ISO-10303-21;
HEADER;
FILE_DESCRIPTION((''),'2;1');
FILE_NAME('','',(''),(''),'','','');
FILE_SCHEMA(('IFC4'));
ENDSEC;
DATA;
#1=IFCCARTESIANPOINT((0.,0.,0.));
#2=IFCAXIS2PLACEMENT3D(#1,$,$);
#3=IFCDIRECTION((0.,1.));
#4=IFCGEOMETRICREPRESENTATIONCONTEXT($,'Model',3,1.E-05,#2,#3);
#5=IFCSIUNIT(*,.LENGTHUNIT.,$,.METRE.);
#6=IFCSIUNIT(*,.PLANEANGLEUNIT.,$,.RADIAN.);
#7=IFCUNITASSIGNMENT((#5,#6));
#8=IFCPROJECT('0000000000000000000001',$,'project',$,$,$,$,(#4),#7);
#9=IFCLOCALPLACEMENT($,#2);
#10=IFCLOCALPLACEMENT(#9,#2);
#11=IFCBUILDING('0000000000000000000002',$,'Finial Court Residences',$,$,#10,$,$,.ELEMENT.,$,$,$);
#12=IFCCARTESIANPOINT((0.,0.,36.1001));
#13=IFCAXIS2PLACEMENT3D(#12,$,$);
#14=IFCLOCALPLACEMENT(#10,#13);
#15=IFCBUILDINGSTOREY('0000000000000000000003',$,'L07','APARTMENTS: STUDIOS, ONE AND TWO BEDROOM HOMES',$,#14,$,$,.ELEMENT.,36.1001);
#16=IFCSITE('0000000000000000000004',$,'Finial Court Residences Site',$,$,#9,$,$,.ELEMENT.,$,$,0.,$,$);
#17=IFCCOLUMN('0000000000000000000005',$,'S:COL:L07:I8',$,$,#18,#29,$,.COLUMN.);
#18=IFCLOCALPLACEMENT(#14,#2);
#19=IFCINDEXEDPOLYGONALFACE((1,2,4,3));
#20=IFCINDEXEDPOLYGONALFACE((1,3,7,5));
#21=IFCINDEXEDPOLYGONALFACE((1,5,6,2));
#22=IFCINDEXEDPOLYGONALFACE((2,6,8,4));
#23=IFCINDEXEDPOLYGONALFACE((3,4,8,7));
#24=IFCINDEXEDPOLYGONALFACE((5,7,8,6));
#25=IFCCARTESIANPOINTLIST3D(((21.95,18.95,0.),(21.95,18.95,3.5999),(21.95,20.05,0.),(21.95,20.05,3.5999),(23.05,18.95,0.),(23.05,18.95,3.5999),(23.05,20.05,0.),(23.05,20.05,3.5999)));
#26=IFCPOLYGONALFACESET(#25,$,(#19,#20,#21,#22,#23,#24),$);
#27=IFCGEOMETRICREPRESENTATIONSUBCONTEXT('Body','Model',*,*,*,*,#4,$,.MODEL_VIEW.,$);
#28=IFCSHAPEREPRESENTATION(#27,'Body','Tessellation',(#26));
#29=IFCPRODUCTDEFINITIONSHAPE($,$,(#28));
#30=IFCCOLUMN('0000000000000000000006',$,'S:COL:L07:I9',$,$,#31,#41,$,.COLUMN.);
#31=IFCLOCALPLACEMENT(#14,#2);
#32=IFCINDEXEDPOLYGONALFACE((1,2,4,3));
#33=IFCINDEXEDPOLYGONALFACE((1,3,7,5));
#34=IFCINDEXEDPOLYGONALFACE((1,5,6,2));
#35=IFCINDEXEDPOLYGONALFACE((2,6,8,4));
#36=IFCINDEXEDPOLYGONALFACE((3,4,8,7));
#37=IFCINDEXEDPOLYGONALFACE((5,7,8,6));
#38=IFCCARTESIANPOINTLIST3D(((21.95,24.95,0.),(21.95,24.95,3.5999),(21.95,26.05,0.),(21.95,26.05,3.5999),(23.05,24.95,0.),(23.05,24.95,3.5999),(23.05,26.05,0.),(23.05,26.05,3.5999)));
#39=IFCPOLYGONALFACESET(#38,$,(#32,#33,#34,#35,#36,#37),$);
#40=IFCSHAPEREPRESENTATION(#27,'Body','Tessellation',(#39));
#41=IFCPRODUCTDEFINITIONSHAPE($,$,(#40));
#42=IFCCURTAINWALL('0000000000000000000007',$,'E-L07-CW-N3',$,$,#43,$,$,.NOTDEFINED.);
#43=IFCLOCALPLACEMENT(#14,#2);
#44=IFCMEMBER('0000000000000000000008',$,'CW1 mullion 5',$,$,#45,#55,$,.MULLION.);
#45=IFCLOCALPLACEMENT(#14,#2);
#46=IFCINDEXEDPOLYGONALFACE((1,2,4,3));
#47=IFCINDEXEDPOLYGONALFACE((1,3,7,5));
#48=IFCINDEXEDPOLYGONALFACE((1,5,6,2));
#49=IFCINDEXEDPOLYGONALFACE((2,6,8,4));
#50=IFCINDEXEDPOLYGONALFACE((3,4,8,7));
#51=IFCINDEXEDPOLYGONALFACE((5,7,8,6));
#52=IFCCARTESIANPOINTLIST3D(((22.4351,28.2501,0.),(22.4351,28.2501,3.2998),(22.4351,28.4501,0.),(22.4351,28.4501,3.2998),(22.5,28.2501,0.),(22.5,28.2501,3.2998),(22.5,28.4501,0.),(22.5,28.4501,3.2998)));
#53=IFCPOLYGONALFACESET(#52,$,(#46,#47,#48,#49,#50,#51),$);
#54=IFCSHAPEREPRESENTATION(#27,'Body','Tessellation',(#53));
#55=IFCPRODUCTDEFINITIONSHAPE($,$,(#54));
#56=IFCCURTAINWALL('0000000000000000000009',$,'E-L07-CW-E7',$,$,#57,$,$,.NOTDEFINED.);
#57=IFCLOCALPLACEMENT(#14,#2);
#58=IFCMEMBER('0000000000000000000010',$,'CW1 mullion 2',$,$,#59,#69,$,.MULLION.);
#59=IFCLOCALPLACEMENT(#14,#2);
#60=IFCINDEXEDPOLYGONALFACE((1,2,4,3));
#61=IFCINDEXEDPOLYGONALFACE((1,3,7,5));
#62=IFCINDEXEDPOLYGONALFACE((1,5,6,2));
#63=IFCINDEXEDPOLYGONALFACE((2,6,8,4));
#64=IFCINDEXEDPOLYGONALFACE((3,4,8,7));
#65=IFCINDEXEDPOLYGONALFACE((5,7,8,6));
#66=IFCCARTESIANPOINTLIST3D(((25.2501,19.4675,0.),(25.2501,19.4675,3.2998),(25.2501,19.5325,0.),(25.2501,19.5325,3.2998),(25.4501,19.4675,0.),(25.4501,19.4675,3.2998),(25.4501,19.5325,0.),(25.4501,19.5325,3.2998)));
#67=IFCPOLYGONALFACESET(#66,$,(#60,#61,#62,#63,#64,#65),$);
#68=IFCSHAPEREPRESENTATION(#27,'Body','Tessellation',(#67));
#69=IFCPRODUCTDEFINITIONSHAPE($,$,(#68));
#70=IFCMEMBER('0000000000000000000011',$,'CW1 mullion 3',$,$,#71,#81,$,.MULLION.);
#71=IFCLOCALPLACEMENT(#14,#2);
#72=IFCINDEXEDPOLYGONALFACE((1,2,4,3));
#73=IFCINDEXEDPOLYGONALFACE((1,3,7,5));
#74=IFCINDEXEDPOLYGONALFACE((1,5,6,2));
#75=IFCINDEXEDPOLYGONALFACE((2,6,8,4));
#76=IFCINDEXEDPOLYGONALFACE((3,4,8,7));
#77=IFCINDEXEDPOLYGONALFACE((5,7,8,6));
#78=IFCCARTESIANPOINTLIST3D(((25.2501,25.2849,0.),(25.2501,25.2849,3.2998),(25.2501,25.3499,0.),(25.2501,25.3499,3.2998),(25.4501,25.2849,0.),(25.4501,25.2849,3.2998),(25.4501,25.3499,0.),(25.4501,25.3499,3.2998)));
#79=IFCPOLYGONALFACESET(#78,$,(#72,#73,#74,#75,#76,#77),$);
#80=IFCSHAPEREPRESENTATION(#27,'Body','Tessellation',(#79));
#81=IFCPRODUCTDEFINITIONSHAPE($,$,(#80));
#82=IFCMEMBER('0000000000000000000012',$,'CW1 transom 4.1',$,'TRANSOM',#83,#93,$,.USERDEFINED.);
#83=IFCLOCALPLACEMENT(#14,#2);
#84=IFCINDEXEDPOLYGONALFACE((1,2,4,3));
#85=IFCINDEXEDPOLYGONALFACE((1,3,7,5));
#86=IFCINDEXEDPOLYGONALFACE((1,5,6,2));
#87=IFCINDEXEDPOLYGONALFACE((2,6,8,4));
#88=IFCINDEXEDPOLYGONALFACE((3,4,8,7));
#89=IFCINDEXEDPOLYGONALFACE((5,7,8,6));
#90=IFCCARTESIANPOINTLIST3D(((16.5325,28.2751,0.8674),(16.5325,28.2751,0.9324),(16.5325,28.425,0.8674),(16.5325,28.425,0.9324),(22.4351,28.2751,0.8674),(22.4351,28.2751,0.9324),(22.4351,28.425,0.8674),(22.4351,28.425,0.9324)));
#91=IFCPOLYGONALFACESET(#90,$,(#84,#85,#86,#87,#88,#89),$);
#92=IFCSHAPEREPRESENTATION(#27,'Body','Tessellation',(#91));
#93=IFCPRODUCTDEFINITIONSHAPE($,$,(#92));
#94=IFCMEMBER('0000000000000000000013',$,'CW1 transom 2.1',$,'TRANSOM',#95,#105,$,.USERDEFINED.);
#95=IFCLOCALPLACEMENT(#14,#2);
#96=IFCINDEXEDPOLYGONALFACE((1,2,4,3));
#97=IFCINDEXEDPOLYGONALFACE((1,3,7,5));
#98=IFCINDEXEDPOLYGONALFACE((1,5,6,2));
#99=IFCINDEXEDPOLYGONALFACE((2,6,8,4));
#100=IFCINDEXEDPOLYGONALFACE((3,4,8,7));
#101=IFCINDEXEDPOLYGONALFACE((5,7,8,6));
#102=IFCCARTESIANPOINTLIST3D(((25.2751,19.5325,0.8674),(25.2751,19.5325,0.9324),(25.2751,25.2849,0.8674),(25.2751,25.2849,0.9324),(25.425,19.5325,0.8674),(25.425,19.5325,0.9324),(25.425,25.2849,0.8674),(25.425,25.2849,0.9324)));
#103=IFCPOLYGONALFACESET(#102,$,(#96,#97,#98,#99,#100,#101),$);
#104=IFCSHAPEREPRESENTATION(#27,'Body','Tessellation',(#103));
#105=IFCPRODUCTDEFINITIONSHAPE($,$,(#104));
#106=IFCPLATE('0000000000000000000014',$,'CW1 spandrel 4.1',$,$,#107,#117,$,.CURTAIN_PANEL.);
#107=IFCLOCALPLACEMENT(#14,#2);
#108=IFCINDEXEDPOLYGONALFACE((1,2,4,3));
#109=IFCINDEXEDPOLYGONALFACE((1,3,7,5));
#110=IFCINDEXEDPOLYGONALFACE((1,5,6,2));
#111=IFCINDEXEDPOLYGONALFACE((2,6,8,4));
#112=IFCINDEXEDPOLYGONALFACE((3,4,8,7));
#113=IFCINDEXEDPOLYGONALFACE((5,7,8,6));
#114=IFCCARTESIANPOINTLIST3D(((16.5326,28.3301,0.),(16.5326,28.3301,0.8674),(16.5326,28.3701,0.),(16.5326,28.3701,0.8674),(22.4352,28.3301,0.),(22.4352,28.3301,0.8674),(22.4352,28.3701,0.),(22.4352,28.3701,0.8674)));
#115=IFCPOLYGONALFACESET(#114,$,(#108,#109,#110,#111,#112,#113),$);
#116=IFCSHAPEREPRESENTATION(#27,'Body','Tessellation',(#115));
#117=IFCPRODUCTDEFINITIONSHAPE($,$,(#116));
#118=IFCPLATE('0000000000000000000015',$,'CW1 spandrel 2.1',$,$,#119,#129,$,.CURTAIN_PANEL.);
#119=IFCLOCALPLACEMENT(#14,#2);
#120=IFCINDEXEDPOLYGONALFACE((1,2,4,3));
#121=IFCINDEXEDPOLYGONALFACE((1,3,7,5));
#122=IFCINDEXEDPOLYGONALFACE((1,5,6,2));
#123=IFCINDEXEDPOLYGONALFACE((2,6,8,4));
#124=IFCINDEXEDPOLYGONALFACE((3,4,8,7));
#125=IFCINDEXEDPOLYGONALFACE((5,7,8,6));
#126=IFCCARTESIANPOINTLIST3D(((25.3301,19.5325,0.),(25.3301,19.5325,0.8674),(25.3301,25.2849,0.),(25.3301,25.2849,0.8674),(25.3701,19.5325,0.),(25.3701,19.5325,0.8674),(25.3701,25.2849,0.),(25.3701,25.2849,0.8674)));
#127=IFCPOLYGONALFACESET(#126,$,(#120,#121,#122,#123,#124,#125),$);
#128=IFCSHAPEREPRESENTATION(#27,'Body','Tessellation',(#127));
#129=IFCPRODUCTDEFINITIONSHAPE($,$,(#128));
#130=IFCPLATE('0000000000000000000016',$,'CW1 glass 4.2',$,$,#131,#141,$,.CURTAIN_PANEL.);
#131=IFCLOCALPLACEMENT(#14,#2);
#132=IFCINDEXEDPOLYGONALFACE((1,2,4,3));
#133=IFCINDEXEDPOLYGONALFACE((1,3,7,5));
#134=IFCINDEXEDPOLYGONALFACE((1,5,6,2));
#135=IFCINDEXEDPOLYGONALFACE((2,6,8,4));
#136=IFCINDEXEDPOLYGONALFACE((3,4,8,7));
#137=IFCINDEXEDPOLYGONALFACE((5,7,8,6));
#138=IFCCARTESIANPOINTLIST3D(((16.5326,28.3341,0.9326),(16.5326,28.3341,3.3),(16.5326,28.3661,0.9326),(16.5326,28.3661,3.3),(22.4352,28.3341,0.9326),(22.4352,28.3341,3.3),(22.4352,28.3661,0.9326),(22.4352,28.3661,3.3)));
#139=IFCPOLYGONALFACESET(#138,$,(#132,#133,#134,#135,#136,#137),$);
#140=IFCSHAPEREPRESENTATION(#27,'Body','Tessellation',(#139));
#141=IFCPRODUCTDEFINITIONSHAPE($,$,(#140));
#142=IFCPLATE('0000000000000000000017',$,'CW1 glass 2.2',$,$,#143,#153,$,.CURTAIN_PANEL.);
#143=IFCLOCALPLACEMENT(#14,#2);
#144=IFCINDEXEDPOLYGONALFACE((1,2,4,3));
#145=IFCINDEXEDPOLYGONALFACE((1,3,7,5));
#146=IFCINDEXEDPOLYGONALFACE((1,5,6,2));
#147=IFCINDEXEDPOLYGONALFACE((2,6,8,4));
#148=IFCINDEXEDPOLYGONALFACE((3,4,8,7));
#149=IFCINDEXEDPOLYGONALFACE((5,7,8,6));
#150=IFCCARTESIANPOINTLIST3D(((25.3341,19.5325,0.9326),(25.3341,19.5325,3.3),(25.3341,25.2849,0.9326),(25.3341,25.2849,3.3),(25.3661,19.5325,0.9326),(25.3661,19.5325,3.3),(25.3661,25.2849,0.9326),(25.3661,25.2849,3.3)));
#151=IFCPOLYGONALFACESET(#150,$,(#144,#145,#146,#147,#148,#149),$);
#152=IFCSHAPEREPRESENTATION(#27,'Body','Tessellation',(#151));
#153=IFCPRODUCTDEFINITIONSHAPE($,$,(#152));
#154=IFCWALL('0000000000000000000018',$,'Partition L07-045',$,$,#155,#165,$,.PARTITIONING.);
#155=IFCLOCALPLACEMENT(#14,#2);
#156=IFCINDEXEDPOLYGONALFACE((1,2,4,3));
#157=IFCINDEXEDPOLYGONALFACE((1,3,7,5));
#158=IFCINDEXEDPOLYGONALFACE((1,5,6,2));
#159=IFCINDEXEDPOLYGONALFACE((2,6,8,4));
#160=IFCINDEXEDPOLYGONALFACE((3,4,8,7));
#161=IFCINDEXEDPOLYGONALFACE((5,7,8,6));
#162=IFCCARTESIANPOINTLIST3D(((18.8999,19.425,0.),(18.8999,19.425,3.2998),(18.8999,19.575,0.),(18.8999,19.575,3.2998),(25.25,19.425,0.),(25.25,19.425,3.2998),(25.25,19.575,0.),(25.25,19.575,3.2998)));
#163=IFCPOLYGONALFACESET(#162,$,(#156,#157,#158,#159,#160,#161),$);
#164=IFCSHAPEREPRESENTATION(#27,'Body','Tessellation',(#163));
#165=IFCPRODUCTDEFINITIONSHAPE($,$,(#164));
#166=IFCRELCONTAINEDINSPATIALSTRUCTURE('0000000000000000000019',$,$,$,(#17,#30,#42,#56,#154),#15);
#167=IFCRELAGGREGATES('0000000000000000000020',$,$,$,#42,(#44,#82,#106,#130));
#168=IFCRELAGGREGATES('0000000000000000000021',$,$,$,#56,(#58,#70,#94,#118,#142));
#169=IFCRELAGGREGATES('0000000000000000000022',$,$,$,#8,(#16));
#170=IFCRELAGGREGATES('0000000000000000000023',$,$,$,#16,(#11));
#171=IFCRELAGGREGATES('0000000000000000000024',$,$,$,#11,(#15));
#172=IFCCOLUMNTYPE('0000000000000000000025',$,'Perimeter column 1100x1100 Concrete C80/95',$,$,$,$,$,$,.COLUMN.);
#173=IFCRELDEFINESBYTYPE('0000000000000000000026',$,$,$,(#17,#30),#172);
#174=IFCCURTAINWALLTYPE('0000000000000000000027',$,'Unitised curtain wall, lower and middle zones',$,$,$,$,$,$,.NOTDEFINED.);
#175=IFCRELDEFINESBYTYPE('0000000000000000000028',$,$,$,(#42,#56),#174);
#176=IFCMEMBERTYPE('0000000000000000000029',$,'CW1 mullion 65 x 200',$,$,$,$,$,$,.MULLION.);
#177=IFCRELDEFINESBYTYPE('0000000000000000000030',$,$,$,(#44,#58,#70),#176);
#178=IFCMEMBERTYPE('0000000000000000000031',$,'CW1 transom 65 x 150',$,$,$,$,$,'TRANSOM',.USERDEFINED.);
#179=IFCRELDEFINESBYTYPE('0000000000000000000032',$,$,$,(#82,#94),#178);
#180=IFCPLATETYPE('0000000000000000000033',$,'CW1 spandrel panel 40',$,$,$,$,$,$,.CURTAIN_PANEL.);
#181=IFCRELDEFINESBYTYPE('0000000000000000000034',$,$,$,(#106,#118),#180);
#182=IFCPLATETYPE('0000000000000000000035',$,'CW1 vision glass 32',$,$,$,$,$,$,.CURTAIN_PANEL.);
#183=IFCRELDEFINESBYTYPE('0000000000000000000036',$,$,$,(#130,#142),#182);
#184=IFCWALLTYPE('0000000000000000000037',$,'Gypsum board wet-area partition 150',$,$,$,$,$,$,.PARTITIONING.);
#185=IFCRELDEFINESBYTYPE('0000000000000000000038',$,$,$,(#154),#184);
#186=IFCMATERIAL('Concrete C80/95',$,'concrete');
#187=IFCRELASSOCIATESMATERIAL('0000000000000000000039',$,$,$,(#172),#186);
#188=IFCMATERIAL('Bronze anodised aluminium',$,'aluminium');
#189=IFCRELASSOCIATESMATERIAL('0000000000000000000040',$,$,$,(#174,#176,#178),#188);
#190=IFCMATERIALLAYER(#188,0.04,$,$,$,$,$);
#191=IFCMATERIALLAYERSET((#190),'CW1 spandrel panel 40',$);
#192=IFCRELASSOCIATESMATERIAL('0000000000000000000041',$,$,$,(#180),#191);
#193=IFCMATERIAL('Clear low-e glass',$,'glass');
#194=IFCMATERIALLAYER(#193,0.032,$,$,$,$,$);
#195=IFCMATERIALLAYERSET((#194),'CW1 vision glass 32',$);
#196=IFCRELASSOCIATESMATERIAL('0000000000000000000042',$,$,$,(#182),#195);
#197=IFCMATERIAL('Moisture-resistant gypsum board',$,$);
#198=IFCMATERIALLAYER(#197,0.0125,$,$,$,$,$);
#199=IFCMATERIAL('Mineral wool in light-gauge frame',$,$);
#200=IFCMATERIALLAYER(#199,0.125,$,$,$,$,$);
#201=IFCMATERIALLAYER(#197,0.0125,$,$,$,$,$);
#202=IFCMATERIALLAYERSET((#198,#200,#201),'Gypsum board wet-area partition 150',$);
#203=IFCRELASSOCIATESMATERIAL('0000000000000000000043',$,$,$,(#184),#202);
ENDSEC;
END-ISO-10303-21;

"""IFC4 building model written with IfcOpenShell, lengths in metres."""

from ifc_helpers import new_model, si_unit, direction, frame, frame_2d, origin, origin_2d, place, context, subcontext, project, spatial, rectangle, extrude, material, layer, layer_set, material_profile, profile_set, type_object, element, aggregate, save


model = new_model("IFC4")

# Units and contexts
model_context = context("Model", 3, precision=1e-05, world=origin(), true_north=direction((0.0, 1.0)))
body_context = subcontext(model_context, "Body", "Model", "MODEL_VIEW")
ifc_project = project(units=[si_unit("LENGTHUNIT", "METRE"), si_unit("PLANEANGLEUNIT", "RADIAN")], contexts=[model_context])

# Site, building, storey
site_placement = place(None, origin())
site = spatial("IfcSite", under=ifc_project, at=site_placement, Name="Finial Court Residences Site", CompositionType="ELEMENT", RefElevation=0.0)
building_placement = place(site_placement, origin())
building = spatial("IfcBuilding", under=site, at=building_placement, Name="Finial Court Residences", CompositionType="ELEMENT")
storey_placement = place(building_placement, frame((0.0, 0.0, 36.1001)))
storey = spatial("IfcBuildingStorey", under=building, at=storey_placement, Name="L07", Description="APARTMENTS: STUDIOS, ONE AND TWO BEDROOM HOMES", CompositionType="ELEMENT", Elevation=36.1001)

# Columns
ifc_material_1 = material(Name="Concrete C80/95", Category="concrete")
ifc_material_profile_1 = material_profile(ifc_material_1, rectangle(XDim=1.1001, YDim=1.1001, at=origin_2d()), Name="1100x1100")
ifc_profile_set_1 = profile_set([ifc_material_profile_1], Name="Concrete C80/95")
column_type = type_object("IfcColumnType", Name="Perimeter column 1100x1100 Concrete C80/95", PredefinedType="COLUMN", material=ifc_profile_set_1)
for number, where, z_axis, x_axis, name in (
    (1, (22.5, 19.5, 0.0), (0.0, 0.0, 1.0), (1.0, 0.0, 0.0), "S:COL:L07:I8"),
    (2, (22.5, 25.5, 0.0), (0.0, 0.0, 1.0), (1.0, 0.0, 0.0), "S:COL:L07:I9"),
):
    element("IfcColumn", number, at=place(storey_placement, frame(where, z_axis=z_axis, x_axis=x_axis)), inside=storey, type_object=column_type, Name=name, PredefinedType="COLUMN", context=body_context, shape_type="SweptSolid", body=[
        extrude(rectangle(XDim=1.1001, YDim=1.1001, at=origin_2d()), origin(), (0.0, 0.0, 1.0), 3.5999),
    ])

# Curtain wall, member
ifc_material_2 = material(Name="Bronze anodised aluminium", Category="aluminium")
curtain_wall_type = type_object("IfcCurtainWallType", Name="Unitised curtain wall, lower and middle zones", PredefinedType="NOTDEFINED", material=ifc_material_2)
curtain_wall_1_placement = place(storey_placement, origin())
curtain_wall_1 = element("IfcCurtainWall", 3, at=curtain_wall_1_placement, inside=storey, type_object=curtain_wall_type, Name="E-L07-CW-N3", PredefinedType="NOTDEFINED")
ifc_material_profile_2 = material_profile(ifc_material_2, rectangle(XDim=0.2, YDim=0.0649, at=origin_2d()), Name="CW1 mullion 65 x 200")
ifc_profile_set_2 = profile_set([ifc_material_profile_2], Name="Bronze anodised aluminium")
member_type_1 = type_object("IfcMemberType", Name="CW1 mullion 65 x 200", PredefinedType="MULLION", material=ifc_profile_set_2)
member_1_placement = place(storey_placement, frame((22.4675, 28.3501, 0.0), z_axis=(0.0, 0.0, 1.0), x_axis=(0.0, 1.0, 0.0)))
member_1 = element("IfcMember", 4, at=member_1_placement, type_object=member_type_1, Name="CW1 mullion 5", PredefinedType="MULLION", context=body_context, shape_type="SweptSolid", body=[
    extrude(rectangle(XDim=0.2, YDim=0.0649, at=origin_2d()), origin(), (0.0, 0.0, 1.0), 3.2998),
])

# Curtain wall, members
curtain_wall_2_placement = place(storey_placement, origin())
curtain_wall_2 = element("IfcCurtainWall", 5, at=curtain_wall_2_placement, inside=storey, type_object=curtain_wall_type, Name="E-L07-CW-E7", PredefinedType="NOTDEFINED")
member_2_placement = place(storey_placement, frame((25.3501, 19.5, 0.0), z_axis=(0.0, 0.0, 1.0), x_axis=(-1.0, 0.0, 0.0)))
member_2 = element("IfcMember", 6, at=member_2_placement, type_object=member_type_1, Name="CW1 mullion 2", PredefinedType="MULLION", context=body_context, shape_type="SweptSolid", body=[
    extrude(rectangle(XDim=0.2, YDim=0.0649, at=origin_2d()), origin(), (0.0, 0.0, 1.0), 3.2998),
])
member_3_placement = place(storey_placement, frame((25.3501, 25.3174, 0.0), z_axis=(0.0, 0.0, 1.0), x_axis=(-1.0, 0.0, 0.0)))
member_3 = element("IfcMember", 7, at=member_3_placement, type_object=member_type_1, Name="CW1 mullion 3", PredefinedType="MULLION", context=body_context, shape_type="SweptSolid", body=[
    extrude(rectangle(XDim=0.2, YDim=0.0649, at=origin_2d()), origin(), (0.0, 0.0, 1.0), 3.2998),
])

# Members
ifc_material_profile_3 = material_profile(ifc_material_2, rectangle(XDim=0.1499, YDim=0.0649, at=origin_2d()), Name="CW1 transom 65 x 150")
ifc_profile_set_3 = profile_set([ifc_material_profile_3], Name="Bronze anodised aluminium")
member_type_2 = type_object("IfcMemberType", Name="CW1 transom 65 x 150", ElementType="TRANSOM", PredefinedType="USERDEFINED", material=ifc_profile_set_3)
member_4_placement = place(storey_placement, frame((16.5325, 28.3501, 0.8999), z_axis=(1.0, 0.0, 0.0), x_axis=(0.0, 1.0, 0.0)))
member_4 = element("IfcMember", 8, at=member_4_placement, type_object=member_type_2, Name="CW1 transom 4.1", ObjectType="TRANSOM", PredefinedType="USERDEFINED", context=body_context, shape_type="SweptSolid", body=[
    extrude(rectangle(XDim=0.1499, YDim=0.0649, at=origin_2d()), origin(), (0.0, 0.0, 1.0), 5.9026),
])
member_5_placement = place(storey_placement, frame((25.3501, 19.5325, 0.8999), z_axis=(0.0, 1.0, 0.0), x_axis=(-1.0, 0.0, 0.0)))
member_5 = element("IfcMember", 9, at=member_5_placement, type_object=member_type_2, Name="CW1 transom 2.1", ObjectType="TRANSOM", PredefinedType="USERDEFINED", context=body_context, shape_type="SweptSolid", body=[
    extrude(rectangle(XDim=0.1499, YDim=0.0649, at=origin_2d()), origin(), (0.0, 0.0, 1.0), 5.7524),
])

# Plates
ifc_layer_1 = layer(ifc_material_2, 0.04)
ifc_layer_set_1 = layer_set([ifc_layer_1], Name="CW1 spandrel panel 40")
plate_type_1 = type_object("IfcPlateType", Name="CW1 spandrel panel 40", PredefinedType="CURTAIN_PANEL", material=ifc_layer_set_1)
plate_1_placement = place(storey_placement, frame((19.4839, 28.3501, 0.0), z_axis=(0.0, 0.0, 1.0), x_axis=(1.0, 0.0, 0.0)))
plate_1 = element("IfcPlate", 10, at=plate_1_placement, type_object=plate_type_1, Name="CW1 spandrel 4.1", PredefinedType="CURTAIN_PANEL", context=body_context, shape_type="SweptSolid", body=[
    extrude(rectangle(XDim=5.9026, YDim=0.04, at=origin_2d()), origin(), (0.0, 0.0, 1.0), 0.8674),
])
plate_2_placement = place(storey_placement, frame((25.3501, 22.4087, 0.0), z_axis=(0.0, 0.0, 1.0), x_axis=(0.0, 1.0, 0.0)))
plate_2 = element("IfcPlate", 11, at=plate_2_placement, type_object=plate_type_1, Name="CW1 spandrel 2.1", PredefinedType="CURTAIN_PANEL", context=body_context, shape_type="SweptSolid", body=[
    extrude(rectangle(XDim=5.7524, YDim=0.04, at=origin_2d()), origin(), (0.0, 0.0, 1.0), 0.8674),
])
ifc_material_3 = material(Name="Clear low-e glass", Category="glass")
ifc_layer_2 = layer(ifc_material_3, 0.032)
ifc_layer_set_2 = layer_set([ifc_layer_2], Name="CW1 vision glass 32")
plate_type_2 = type_object("IfcPlateType", Name="CW1 vision glass 32", PredefinedType="CURTAIN_PANEL", material=ifc_layer_set_2)
plate_3_placement = place(storey_placement, frame((19.4839, 28.3501, 0.9326), z_axis=(0.0, 0.0, 1.0), x_axis=(1.0, 0.0, 0.0)))
plate_3 = element("IfcPlate", 12, at=plate_3_placement, type_object=plate_type_2, Name="CW1 glass 4.2", PredefinedType="CURTAIN_PANEL", context=body_context, shape_type="SweptSolid", body=[
    extrude(rectangle(XDim=5.9026, YDim=0.032, at=origin_2d()), origin(), (0.0, 0.0, 1.0), 2.3674),
])
aggregate(curtain_wall_1, [member_1, member_4, plate_1, plate_3])
plate_4_placement = place(storey_placement, frame((25.3501, 22.4087, 0.9326), z_axis=(0.0, 0.0, 1.0), x_axis=(0.0, 1.0, 0.0)))
plate_4 = element("IfcPlate", 13, at=plate_4_placement, type_object=plate_type_2, Name="CW1 glass 2.2", PredefinedType="CURTAIN_PANEL", context=body_context, shape_type="SweptSolid", body=[
    extrude(rectangle(XDim=5.7524, YDim=0.032, at=origin_2d()), origin(), (0.0, 0.0, 1.0), 2.3674),
])
aggregate(curtain_wall_2, [member_2, member_3, member_5, plate_2, plate_4])

# Wall
ifc_material_4 = material(Name="Moisture-resistant gypsum board")
ifc_layer_3 = layer(ifc_material_4, 0.0125)
ifc_material_5 = material(Name="Mineral wool in light-gauge frame")
ifc_layer_4 = layer(ifc_material_5, 0.125)
ifc_layer_5 = layer(ifc_material_4, 0.0125)
ifc_layer_set_3 = layer_set([ifc_layer_3, ifc_layer_4, ifc_layer_5], Name="Gypsum board wet-area partition 150")
wall_type_1 = type_object("IfcWallType", Name="Gypsum board wet-area partition 150", PredefinedType="PARTITIONING", material=ifc_layer_set_3)
wall_1_placement = place(storey_placement, frame((18.8999, 19.5, 0.0), z_axis=(0.0, 0.0, 1.0), x_axis=(1.0, 0.0, 0.0)))
element("IfcWall", 14, at=wall_1_placement, inside=storey, type_object=wall_type_1, Name="Partition L07-045", PredefinedType="PARTITIONING", context=body_context, shape_type="SweptSolid", body=[
    extrude(rectangle(XDim=6.3501, YDim=0.1499, at=frame_2d((3.175, 0.0))), origin(), (0.0, 0.0, 1.0), 3.2998),
])

save(model, "model.ifc")
